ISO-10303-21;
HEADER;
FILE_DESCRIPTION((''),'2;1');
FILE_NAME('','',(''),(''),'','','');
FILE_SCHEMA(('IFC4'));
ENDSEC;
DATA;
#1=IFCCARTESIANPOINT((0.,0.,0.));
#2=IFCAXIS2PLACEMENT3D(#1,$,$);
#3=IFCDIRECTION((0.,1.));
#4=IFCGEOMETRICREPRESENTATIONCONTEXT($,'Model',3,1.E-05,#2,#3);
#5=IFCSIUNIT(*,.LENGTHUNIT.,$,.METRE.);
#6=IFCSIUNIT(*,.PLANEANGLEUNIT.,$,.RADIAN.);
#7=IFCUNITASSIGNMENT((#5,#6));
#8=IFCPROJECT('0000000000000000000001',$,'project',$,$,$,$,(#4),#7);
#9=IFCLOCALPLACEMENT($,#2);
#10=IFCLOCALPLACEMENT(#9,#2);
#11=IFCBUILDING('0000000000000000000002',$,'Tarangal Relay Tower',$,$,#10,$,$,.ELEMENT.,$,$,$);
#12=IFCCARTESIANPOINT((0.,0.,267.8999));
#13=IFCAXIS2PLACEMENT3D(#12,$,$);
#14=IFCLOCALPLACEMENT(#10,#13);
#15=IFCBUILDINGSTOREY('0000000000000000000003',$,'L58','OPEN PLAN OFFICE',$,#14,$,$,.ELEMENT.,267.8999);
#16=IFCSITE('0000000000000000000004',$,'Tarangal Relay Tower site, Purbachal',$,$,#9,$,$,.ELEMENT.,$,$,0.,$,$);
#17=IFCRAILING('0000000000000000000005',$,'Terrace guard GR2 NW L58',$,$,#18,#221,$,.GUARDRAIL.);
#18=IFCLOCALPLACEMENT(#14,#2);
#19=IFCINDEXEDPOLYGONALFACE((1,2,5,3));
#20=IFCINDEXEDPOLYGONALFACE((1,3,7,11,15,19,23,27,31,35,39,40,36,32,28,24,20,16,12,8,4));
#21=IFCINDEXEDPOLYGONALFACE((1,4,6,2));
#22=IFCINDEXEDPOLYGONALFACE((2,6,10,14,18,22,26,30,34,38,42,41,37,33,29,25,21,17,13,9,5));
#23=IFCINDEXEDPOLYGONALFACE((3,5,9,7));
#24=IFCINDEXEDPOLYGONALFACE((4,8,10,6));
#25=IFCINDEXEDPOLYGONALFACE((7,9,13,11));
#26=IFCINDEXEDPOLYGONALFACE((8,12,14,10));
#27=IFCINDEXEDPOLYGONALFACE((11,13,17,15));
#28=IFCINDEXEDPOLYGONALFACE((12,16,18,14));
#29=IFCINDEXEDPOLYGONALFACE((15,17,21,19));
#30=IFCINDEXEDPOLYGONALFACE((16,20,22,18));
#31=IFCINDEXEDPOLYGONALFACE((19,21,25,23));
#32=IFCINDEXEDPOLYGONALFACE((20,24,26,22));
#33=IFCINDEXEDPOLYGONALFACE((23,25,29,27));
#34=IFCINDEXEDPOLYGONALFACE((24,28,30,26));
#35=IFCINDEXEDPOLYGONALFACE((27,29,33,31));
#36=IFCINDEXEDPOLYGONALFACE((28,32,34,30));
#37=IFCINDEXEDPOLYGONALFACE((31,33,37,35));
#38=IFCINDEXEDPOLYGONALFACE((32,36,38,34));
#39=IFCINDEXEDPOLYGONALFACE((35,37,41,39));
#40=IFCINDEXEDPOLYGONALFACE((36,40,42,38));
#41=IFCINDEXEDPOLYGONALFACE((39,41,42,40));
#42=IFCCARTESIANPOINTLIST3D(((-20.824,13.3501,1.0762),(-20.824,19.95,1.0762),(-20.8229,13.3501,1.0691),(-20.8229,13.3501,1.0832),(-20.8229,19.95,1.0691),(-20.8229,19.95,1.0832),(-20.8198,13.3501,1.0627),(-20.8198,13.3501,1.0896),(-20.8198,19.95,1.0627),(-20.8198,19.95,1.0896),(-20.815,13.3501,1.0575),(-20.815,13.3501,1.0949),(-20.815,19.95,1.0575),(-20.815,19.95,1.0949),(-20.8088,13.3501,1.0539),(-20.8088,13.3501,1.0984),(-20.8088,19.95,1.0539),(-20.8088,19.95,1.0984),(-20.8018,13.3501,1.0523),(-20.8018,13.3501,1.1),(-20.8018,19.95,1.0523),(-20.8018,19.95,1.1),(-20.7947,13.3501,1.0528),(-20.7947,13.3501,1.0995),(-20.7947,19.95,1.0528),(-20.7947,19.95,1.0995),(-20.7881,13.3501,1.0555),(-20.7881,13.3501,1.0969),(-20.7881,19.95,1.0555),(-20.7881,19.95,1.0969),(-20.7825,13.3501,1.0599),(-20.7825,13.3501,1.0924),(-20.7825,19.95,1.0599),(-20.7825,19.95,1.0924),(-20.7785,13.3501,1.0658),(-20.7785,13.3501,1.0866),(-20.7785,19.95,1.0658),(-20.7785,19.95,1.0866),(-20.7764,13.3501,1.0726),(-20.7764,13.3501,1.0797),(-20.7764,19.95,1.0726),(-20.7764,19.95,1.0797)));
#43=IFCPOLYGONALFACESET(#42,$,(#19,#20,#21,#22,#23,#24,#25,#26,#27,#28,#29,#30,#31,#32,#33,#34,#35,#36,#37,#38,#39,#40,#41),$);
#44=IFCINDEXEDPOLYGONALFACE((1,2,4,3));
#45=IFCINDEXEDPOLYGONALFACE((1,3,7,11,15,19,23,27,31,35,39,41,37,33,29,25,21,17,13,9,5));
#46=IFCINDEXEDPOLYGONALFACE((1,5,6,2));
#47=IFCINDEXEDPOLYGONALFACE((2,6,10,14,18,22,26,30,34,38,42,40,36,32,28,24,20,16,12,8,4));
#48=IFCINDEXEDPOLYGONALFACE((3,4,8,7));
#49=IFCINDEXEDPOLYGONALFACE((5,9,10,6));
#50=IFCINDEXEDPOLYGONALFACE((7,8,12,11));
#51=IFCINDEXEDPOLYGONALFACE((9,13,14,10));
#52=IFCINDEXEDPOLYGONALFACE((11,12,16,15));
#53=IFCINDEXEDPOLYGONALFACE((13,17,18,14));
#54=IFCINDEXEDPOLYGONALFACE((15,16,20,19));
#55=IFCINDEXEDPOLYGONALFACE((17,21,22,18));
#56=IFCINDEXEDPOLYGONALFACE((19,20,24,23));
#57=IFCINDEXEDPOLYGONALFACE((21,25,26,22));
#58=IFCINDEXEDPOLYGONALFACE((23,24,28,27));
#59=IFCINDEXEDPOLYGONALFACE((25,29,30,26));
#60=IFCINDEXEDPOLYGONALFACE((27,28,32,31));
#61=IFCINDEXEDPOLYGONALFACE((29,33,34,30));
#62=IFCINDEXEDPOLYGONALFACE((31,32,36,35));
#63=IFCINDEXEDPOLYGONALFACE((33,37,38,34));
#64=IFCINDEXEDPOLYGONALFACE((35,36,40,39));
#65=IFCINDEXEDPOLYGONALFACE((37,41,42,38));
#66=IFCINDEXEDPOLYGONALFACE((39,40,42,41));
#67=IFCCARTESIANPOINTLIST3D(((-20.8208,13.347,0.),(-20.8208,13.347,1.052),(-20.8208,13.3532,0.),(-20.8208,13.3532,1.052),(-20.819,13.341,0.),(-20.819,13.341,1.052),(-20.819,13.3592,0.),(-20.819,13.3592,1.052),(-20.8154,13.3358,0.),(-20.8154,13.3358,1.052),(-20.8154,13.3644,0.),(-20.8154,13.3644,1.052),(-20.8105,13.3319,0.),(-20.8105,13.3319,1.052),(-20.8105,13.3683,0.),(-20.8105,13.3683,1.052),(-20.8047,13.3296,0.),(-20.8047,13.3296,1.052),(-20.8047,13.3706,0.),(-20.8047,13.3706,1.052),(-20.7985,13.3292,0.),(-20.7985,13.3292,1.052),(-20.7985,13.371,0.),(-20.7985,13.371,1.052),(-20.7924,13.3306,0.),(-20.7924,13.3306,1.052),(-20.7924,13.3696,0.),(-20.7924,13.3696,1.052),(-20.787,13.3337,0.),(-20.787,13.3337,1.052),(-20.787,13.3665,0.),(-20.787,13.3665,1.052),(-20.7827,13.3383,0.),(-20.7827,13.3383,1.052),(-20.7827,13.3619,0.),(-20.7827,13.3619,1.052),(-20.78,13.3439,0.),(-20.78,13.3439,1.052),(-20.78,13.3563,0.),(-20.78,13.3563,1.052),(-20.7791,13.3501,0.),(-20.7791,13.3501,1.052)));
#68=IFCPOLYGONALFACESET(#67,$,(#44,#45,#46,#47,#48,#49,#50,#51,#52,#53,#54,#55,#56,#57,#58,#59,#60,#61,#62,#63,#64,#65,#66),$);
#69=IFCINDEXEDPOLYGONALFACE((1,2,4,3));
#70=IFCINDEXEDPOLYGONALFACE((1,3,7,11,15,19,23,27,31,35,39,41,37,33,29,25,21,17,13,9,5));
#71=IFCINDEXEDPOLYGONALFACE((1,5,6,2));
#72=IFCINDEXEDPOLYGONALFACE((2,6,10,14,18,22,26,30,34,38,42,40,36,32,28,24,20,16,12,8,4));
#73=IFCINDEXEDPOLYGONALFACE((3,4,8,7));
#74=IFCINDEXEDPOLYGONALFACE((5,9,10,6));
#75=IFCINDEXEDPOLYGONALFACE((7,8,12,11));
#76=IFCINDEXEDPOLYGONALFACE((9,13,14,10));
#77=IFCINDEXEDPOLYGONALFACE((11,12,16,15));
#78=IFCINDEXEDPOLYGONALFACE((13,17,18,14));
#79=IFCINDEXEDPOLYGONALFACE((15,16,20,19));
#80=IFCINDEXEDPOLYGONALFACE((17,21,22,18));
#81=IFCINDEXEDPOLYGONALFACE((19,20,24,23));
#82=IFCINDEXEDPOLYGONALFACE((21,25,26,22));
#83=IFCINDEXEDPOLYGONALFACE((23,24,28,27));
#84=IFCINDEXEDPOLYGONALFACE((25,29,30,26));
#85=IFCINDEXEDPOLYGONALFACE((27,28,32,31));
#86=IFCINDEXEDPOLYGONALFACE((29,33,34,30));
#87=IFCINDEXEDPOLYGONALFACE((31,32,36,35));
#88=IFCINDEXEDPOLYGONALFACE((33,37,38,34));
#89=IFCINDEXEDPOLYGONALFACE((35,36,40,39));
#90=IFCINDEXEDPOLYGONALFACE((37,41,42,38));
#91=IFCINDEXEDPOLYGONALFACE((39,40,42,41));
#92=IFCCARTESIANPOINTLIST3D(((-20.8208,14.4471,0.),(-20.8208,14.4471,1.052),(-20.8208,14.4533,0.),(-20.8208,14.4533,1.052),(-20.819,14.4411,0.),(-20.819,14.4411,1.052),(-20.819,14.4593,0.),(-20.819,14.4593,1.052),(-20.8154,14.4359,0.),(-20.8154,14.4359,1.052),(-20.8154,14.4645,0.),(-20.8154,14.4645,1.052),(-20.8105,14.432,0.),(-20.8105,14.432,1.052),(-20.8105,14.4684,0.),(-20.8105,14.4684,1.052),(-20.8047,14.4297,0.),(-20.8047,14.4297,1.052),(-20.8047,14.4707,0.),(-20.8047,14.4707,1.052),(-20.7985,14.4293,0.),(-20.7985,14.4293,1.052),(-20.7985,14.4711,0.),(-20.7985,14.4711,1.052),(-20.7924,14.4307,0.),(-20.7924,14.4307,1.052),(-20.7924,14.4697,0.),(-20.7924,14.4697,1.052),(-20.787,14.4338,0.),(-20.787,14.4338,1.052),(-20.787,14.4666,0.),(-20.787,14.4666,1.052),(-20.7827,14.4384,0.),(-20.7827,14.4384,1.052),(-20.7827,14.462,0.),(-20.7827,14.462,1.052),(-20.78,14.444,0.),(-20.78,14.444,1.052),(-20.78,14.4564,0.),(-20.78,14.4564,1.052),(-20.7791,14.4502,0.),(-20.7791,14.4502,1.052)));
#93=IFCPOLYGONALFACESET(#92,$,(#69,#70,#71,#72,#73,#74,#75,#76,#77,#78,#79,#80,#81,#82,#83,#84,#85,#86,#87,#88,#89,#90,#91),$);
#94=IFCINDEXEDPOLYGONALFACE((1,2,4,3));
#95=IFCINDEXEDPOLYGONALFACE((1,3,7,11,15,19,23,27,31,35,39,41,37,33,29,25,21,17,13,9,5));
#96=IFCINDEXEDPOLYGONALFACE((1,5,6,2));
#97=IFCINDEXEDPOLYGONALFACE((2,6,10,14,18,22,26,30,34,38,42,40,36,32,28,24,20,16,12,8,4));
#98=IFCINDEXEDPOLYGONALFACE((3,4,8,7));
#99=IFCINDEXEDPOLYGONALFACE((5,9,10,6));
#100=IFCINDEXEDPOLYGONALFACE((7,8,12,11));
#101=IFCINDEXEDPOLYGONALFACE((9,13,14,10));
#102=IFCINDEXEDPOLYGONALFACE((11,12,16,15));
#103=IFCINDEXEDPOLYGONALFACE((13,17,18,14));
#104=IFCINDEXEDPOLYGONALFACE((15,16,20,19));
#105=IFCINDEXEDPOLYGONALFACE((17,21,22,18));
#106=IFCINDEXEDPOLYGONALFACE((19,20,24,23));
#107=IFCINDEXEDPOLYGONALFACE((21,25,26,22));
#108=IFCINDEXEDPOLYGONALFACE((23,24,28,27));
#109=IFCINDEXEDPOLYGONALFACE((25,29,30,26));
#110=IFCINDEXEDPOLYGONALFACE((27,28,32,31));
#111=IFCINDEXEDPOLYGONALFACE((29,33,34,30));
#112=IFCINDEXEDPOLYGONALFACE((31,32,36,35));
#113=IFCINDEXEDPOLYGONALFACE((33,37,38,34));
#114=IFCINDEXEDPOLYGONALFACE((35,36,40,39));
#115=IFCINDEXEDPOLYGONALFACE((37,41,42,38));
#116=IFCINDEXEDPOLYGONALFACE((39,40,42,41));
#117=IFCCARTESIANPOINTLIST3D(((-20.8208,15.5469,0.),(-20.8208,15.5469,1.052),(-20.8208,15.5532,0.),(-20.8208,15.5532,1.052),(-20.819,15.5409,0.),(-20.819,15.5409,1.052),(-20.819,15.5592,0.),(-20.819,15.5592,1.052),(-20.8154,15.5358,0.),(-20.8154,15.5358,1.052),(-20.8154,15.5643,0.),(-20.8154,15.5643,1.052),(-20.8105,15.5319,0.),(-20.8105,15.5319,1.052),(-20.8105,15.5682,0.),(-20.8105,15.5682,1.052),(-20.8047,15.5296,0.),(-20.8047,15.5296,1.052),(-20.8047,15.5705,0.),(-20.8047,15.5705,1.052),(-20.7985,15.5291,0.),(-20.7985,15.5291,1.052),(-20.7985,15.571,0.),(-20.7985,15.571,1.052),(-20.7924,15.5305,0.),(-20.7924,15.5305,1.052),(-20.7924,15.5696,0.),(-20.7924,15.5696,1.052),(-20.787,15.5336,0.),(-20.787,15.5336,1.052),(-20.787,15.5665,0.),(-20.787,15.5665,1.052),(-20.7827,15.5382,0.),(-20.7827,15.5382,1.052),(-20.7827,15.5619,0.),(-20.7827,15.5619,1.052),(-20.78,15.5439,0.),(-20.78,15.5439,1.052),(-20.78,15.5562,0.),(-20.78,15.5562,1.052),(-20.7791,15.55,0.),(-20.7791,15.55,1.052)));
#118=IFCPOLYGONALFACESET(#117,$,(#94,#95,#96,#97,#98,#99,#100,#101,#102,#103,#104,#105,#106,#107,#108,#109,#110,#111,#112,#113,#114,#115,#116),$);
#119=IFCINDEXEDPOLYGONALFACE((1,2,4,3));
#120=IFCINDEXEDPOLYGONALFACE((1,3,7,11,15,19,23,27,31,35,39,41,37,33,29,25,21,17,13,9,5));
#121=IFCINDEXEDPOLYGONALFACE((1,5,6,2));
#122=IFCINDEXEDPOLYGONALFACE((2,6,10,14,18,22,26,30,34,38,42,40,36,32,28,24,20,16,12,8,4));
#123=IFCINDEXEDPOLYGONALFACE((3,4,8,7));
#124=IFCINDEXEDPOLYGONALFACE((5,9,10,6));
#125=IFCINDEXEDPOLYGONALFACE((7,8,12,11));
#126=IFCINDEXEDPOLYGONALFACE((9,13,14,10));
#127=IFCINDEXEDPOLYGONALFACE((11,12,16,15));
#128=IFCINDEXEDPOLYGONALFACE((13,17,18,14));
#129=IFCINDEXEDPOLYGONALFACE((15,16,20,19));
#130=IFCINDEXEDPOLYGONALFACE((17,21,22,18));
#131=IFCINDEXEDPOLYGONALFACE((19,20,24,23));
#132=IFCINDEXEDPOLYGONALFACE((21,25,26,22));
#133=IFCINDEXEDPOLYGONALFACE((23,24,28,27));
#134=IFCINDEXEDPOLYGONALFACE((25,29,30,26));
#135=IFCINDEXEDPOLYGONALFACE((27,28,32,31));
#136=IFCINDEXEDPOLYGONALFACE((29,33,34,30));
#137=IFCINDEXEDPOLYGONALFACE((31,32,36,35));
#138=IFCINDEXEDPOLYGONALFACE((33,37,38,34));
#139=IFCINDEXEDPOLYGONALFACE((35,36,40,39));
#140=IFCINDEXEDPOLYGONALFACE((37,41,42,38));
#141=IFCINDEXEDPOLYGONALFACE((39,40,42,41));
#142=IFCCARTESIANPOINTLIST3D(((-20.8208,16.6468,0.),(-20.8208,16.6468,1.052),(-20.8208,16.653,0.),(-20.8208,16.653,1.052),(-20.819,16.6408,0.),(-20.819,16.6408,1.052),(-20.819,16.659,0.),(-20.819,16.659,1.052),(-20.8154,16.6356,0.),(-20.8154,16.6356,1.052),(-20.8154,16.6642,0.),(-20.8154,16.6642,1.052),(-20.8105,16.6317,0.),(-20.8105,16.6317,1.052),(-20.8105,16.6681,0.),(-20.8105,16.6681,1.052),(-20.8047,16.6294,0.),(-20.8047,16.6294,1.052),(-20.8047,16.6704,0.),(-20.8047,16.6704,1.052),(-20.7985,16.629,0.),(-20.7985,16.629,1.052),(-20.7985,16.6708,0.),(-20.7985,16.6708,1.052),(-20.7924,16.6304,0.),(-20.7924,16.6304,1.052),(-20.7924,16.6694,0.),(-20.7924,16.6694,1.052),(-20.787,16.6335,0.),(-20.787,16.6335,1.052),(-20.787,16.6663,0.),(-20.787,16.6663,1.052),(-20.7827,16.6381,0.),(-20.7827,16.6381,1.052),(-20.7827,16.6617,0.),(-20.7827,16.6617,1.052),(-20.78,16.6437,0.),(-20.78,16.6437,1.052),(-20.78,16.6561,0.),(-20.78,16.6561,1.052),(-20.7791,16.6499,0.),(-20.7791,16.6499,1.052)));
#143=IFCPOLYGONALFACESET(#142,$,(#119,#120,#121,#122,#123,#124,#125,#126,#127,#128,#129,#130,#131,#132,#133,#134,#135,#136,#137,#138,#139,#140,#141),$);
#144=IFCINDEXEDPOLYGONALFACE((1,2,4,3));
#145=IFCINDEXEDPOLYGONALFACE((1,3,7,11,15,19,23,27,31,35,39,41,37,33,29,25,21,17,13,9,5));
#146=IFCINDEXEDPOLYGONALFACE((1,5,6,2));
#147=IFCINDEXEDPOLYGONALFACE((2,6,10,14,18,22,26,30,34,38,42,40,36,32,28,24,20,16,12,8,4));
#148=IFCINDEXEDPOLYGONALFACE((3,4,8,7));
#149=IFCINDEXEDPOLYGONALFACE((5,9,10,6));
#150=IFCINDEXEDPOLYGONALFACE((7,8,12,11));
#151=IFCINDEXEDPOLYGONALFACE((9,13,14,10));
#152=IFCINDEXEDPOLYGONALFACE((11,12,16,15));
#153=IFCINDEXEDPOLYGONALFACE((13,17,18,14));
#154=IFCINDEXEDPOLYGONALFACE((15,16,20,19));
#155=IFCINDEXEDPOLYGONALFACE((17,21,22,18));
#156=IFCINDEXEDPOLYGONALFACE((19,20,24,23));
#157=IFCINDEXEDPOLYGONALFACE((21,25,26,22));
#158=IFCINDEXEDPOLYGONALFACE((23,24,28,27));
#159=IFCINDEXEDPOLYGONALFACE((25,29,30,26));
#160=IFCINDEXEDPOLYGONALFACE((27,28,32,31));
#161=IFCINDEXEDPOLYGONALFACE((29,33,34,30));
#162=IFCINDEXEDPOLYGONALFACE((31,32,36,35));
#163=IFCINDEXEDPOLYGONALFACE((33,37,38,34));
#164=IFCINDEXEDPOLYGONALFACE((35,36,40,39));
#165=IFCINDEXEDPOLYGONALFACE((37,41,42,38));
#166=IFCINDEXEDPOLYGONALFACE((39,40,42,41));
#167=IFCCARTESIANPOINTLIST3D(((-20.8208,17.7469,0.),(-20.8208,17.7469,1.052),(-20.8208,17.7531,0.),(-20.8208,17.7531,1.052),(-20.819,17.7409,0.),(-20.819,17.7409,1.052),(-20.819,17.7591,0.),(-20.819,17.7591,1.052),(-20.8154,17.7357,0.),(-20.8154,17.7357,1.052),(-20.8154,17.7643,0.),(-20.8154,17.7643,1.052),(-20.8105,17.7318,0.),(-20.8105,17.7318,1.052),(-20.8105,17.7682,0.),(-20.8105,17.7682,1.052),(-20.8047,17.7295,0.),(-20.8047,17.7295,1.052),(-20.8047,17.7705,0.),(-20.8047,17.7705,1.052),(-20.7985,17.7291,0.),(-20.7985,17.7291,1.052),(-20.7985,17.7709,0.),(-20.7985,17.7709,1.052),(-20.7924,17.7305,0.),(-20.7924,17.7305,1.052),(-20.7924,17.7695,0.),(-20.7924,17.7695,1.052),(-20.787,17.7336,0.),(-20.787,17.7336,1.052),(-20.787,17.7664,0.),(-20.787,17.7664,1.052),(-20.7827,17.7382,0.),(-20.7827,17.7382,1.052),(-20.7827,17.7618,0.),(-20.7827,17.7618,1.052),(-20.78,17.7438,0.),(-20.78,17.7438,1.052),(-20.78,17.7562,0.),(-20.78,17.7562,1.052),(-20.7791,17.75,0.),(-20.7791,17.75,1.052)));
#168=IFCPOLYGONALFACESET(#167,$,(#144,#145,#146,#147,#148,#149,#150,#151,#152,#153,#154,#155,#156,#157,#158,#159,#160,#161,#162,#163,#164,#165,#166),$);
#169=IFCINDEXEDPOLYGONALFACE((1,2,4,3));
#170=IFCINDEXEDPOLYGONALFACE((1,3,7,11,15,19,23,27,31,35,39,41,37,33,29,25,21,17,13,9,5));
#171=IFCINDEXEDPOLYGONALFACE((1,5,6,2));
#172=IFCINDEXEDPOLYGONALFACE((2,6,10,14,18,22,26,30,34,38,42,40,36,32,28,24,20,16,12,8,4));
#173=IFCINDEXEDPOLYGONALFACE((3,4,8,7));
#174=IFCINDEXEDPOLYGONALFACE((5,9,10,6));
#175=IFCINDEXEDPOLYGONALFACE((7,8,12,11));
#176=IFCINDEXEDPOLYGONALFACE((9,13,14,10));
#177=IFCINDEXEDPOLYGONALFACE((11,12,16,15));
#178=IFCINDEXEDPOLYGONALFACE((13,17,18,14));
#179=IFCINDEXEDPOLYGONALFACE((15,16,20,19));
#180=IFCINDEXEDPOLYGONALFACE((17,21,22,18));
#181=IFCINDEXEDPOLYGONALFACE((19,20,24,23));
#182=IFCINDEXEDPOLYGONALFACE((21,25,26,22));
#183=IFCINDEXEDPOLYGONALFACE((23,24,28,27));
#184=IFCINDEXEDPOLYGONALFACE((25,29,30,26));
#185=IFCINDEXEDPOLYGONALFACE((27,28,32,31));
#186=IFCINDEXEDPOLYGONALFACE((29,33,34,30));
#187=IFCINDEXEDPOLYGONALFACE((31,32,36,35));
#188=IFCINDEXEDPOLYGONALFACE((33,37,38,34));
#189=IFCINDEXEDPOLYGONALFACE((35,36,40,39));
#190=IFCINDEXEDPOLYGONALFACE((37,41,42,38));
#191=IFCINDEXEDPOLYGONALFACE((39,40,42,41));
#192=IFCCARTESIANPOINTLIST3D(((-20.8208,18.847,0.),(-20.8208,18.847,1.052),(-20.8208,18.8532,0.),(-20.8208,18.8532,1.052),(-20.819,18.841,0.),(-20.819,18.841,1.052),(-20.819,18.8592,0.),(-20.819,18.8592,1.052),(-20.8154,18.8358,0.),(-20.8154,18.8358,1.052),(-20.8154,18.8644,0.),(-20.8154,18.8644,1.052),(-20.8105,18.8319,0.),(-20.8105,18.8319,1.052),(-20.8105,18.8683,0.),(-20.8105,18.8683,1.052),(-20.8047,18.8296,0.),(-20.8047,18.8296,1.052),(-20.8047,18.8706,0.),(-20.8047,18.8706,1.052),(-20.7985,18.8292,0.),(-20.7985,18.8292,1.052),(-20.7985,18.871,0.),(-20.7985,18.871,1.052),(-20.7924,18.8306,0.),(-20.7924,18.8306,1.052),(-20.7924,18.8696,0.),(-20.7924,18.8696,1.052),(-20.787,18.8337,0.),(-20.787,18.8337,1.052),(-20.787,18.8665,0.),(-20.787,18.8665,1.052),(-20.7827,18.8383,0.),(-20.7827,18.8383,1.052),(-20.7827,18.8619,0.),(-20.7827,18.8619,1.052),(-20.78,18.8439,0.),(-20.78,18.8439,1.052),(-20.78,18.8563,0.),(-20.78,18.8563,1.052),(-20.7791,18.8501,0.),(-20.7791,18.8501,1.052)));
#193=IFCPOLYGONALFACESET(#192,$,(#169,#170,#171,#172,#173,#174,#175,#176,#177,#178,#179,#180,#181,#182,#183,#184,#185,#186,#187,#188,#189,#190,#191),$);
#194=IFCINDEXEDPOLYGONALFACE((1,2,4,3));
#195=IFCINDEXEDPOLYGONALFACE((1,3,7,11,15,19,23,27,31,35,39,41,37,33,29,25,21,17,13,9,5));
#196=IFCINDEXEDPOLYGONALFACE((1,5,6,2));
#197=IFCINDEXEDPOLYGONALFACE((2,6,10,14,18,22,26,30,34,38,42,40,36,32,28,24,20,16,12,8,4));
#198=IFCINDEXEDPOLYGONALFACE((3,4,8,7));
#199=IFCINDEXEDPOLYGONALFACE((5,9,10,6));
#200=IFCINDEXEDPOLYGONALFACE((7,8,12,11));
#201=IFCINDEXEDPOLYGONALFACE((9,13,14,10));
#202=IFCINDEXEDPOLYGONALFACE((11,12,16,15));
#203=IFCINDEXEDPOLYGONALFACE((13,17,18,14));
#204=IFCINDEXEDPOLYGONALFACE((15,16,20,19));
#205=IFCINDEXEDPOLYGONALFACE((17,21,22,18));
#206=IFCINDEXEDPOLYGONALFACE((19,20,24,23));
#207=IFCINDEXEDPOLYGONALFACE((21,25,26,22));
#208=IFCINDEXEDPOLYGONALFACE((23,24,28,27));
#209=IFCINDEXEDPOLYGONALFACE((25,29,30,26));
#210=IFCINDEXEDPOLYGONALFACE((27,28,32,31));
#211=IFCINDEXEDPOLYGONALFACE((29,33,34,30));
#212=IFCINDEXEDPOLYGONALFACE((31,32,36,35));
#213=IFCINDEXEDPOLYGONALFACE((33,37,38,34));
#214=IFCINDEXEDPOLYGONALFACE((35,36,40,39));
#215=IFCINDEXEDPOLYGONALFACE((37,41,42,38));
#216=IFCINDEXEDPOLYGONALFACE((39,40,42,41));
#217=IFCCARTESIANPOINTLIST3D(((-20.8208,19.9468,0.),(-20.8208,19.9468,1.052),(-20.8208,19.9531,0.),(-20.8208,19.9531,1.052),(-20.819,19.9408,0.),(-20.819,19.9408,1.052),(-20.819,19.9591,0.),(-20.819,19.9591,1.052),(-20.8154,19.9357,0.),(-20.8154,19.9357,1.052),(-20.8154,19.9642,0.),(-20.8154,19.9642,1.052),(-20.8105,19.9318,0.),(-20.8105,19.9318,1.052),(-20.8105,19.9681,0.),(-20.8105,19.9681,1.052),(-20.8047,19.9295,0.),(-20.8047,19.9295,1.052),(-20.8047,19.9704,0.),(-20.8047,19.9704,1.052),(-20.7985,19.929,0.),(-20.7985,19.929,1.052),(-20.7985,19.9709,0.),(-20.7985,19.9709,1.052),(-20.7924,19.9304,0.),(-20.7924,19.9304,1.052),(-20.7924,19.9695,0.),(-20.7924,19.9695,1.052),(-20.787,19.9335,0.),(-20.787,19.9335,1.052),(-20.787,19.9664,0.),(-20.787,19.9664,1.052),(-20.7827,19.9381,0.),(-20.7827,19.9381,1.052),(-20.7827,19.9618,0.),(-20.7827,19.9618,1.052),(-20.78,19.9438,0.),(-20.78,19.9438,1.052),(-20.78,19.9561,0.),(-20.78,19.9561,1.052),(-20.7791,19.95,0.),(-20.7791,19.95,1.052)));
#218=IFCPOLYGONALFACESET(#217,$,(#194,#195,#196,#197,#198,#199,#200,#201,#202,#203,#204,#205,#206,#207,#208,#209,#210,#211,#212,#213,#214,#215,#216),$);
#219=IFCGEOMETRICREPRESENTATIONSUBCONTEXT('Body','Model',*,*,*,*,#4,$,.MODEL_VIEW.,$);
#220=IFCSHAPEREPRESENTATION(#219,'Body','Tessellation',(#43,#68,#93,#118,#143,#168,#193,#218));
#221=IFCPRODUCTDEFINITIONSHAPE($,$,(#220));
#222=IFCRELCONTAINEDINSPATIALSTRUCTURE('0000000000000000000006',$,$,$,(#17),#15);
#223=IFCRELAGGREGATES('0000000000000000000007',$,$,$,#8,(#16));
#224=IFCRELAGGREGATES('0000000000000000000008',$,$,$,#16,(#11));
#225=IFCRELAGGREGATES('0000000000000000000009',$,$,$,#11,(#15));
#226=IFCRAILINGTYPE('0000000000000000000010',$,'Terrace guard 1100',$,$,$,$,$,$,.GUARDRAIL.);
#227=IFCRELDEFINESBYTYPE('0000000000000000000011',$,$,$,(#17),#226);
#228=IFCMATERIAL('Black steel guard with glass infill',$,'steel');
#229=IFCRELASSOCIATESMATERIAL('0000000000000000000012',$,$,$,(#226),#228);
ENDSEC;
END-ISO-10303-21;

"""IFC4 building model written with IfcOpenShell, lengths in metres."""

from ifc_helpers import new_model, si_unit, direction, frame, origin, origin_2d, place, context, subcontext, project, spatial, circle, extrude, material, type_object, element, save


model = new_model("IFC4")

# Units and contexts
model_context = context("Model", 3, precision=1e-05, world=origin(), true_north=direction((0.0, 1.0)))
body_context = subcontext(model_context, "Body", "Model", "MODEL_VIEW")
ifc_project = project(units=[si_unit("LENGTHUNIT", "METRE"), si_unit("PLANEANGLEUNIT", "RADIAN")], contexts=[model_context])

# Site, building, storey
site_placement = place(None, origin())
site = spatial("IfcSite", under=ifc_project, at=site_placement, Name="Tarangal Relay Tower site, Purbachal", CompositionType="ELEMENT", RefElevation=0.0)
building_placement = place(site_placement, origin())
building = spatial("IfcBuilding", under=site, at=building_placement, Name="Tarangal Relay Tower", CompositionType="ELEMENT")
storey_placement = place(building_placement, frame((0.0, 0.0, 267.8999)))
storey = spatial("IfcBuildingStorey", under=building, at=storey_placement, Name="L58", Description="OPEN PLAN OFFICE", CompositionType="ELEMENT", Elevation=267.8999)

# Railing
ifc_material_1 = material(Name="Black steel guard with glass infill", Category="steel")
railing_type = type_object("IfcRailingType", Name="Terrace guard 1100", PredefinedType="GUARDRAIL", material=ifc_material_1)
railing_1_placement = place(storey_placement, frame((-20.8, 13.3501, 0.0)))
element("IfcRailing", 1, at=railing_1_placement, inside=storey, type_object=railing_type, Name="Terrace guard GR2 NW L58", PredefinedType="GUARDRAIL", context=body_context, shape_type="SweptSolid", body=[
    extrude(circle(Radius=0.0239, at=origin_2d()), frame((0.0, 0.0, 1.0762), z_axis=(0.0, 1.0, 0.0), x_axis=(-1.0, 0.0, 0.0)), (0.0, 0.0, 1.0), 6.5999),
    extrude(circle(Radius=0.021, at=origin_2d()), origin(), (0.0, 0.0, 1.0), 1.052),
    extrude(circle(Radius=0.021, at=origin_2d()), frame((0.0, 1.1001, 0.0)), (0.0, 0.0, 1.0), 1.052),
    extrude(circle(Radius=0.021, at=origin_2d()), frame((0.0, 2.2, 0.0)), (0.0, 0.0, 1.0), 1.052),
    extrude(circle(Radius=0.021, at=origin_2d()), frame((0.0, 3.2998, 0.0)), (0.0, 0.0, 1.0), 1.052),
    extrude(circle(Radius=0.021, at=origin_2d()), frame((0.0, 4.3999, 0.0)), (0.0, 0.0, 1.0), 1.052),
    extrude(circle(Radius=0.021, at=origin_2d()), frame((0.0, 5.5, 0.0)), (0.0, 0.0, 1.0), 1.052),
    extrude(circle(Radius=0.021, at=origin_2d()), frame((0.0, 6.5999, 0.0)), (0.0, 0.0, 1.0), 1.052),
])

save(model, "model.ifc")
